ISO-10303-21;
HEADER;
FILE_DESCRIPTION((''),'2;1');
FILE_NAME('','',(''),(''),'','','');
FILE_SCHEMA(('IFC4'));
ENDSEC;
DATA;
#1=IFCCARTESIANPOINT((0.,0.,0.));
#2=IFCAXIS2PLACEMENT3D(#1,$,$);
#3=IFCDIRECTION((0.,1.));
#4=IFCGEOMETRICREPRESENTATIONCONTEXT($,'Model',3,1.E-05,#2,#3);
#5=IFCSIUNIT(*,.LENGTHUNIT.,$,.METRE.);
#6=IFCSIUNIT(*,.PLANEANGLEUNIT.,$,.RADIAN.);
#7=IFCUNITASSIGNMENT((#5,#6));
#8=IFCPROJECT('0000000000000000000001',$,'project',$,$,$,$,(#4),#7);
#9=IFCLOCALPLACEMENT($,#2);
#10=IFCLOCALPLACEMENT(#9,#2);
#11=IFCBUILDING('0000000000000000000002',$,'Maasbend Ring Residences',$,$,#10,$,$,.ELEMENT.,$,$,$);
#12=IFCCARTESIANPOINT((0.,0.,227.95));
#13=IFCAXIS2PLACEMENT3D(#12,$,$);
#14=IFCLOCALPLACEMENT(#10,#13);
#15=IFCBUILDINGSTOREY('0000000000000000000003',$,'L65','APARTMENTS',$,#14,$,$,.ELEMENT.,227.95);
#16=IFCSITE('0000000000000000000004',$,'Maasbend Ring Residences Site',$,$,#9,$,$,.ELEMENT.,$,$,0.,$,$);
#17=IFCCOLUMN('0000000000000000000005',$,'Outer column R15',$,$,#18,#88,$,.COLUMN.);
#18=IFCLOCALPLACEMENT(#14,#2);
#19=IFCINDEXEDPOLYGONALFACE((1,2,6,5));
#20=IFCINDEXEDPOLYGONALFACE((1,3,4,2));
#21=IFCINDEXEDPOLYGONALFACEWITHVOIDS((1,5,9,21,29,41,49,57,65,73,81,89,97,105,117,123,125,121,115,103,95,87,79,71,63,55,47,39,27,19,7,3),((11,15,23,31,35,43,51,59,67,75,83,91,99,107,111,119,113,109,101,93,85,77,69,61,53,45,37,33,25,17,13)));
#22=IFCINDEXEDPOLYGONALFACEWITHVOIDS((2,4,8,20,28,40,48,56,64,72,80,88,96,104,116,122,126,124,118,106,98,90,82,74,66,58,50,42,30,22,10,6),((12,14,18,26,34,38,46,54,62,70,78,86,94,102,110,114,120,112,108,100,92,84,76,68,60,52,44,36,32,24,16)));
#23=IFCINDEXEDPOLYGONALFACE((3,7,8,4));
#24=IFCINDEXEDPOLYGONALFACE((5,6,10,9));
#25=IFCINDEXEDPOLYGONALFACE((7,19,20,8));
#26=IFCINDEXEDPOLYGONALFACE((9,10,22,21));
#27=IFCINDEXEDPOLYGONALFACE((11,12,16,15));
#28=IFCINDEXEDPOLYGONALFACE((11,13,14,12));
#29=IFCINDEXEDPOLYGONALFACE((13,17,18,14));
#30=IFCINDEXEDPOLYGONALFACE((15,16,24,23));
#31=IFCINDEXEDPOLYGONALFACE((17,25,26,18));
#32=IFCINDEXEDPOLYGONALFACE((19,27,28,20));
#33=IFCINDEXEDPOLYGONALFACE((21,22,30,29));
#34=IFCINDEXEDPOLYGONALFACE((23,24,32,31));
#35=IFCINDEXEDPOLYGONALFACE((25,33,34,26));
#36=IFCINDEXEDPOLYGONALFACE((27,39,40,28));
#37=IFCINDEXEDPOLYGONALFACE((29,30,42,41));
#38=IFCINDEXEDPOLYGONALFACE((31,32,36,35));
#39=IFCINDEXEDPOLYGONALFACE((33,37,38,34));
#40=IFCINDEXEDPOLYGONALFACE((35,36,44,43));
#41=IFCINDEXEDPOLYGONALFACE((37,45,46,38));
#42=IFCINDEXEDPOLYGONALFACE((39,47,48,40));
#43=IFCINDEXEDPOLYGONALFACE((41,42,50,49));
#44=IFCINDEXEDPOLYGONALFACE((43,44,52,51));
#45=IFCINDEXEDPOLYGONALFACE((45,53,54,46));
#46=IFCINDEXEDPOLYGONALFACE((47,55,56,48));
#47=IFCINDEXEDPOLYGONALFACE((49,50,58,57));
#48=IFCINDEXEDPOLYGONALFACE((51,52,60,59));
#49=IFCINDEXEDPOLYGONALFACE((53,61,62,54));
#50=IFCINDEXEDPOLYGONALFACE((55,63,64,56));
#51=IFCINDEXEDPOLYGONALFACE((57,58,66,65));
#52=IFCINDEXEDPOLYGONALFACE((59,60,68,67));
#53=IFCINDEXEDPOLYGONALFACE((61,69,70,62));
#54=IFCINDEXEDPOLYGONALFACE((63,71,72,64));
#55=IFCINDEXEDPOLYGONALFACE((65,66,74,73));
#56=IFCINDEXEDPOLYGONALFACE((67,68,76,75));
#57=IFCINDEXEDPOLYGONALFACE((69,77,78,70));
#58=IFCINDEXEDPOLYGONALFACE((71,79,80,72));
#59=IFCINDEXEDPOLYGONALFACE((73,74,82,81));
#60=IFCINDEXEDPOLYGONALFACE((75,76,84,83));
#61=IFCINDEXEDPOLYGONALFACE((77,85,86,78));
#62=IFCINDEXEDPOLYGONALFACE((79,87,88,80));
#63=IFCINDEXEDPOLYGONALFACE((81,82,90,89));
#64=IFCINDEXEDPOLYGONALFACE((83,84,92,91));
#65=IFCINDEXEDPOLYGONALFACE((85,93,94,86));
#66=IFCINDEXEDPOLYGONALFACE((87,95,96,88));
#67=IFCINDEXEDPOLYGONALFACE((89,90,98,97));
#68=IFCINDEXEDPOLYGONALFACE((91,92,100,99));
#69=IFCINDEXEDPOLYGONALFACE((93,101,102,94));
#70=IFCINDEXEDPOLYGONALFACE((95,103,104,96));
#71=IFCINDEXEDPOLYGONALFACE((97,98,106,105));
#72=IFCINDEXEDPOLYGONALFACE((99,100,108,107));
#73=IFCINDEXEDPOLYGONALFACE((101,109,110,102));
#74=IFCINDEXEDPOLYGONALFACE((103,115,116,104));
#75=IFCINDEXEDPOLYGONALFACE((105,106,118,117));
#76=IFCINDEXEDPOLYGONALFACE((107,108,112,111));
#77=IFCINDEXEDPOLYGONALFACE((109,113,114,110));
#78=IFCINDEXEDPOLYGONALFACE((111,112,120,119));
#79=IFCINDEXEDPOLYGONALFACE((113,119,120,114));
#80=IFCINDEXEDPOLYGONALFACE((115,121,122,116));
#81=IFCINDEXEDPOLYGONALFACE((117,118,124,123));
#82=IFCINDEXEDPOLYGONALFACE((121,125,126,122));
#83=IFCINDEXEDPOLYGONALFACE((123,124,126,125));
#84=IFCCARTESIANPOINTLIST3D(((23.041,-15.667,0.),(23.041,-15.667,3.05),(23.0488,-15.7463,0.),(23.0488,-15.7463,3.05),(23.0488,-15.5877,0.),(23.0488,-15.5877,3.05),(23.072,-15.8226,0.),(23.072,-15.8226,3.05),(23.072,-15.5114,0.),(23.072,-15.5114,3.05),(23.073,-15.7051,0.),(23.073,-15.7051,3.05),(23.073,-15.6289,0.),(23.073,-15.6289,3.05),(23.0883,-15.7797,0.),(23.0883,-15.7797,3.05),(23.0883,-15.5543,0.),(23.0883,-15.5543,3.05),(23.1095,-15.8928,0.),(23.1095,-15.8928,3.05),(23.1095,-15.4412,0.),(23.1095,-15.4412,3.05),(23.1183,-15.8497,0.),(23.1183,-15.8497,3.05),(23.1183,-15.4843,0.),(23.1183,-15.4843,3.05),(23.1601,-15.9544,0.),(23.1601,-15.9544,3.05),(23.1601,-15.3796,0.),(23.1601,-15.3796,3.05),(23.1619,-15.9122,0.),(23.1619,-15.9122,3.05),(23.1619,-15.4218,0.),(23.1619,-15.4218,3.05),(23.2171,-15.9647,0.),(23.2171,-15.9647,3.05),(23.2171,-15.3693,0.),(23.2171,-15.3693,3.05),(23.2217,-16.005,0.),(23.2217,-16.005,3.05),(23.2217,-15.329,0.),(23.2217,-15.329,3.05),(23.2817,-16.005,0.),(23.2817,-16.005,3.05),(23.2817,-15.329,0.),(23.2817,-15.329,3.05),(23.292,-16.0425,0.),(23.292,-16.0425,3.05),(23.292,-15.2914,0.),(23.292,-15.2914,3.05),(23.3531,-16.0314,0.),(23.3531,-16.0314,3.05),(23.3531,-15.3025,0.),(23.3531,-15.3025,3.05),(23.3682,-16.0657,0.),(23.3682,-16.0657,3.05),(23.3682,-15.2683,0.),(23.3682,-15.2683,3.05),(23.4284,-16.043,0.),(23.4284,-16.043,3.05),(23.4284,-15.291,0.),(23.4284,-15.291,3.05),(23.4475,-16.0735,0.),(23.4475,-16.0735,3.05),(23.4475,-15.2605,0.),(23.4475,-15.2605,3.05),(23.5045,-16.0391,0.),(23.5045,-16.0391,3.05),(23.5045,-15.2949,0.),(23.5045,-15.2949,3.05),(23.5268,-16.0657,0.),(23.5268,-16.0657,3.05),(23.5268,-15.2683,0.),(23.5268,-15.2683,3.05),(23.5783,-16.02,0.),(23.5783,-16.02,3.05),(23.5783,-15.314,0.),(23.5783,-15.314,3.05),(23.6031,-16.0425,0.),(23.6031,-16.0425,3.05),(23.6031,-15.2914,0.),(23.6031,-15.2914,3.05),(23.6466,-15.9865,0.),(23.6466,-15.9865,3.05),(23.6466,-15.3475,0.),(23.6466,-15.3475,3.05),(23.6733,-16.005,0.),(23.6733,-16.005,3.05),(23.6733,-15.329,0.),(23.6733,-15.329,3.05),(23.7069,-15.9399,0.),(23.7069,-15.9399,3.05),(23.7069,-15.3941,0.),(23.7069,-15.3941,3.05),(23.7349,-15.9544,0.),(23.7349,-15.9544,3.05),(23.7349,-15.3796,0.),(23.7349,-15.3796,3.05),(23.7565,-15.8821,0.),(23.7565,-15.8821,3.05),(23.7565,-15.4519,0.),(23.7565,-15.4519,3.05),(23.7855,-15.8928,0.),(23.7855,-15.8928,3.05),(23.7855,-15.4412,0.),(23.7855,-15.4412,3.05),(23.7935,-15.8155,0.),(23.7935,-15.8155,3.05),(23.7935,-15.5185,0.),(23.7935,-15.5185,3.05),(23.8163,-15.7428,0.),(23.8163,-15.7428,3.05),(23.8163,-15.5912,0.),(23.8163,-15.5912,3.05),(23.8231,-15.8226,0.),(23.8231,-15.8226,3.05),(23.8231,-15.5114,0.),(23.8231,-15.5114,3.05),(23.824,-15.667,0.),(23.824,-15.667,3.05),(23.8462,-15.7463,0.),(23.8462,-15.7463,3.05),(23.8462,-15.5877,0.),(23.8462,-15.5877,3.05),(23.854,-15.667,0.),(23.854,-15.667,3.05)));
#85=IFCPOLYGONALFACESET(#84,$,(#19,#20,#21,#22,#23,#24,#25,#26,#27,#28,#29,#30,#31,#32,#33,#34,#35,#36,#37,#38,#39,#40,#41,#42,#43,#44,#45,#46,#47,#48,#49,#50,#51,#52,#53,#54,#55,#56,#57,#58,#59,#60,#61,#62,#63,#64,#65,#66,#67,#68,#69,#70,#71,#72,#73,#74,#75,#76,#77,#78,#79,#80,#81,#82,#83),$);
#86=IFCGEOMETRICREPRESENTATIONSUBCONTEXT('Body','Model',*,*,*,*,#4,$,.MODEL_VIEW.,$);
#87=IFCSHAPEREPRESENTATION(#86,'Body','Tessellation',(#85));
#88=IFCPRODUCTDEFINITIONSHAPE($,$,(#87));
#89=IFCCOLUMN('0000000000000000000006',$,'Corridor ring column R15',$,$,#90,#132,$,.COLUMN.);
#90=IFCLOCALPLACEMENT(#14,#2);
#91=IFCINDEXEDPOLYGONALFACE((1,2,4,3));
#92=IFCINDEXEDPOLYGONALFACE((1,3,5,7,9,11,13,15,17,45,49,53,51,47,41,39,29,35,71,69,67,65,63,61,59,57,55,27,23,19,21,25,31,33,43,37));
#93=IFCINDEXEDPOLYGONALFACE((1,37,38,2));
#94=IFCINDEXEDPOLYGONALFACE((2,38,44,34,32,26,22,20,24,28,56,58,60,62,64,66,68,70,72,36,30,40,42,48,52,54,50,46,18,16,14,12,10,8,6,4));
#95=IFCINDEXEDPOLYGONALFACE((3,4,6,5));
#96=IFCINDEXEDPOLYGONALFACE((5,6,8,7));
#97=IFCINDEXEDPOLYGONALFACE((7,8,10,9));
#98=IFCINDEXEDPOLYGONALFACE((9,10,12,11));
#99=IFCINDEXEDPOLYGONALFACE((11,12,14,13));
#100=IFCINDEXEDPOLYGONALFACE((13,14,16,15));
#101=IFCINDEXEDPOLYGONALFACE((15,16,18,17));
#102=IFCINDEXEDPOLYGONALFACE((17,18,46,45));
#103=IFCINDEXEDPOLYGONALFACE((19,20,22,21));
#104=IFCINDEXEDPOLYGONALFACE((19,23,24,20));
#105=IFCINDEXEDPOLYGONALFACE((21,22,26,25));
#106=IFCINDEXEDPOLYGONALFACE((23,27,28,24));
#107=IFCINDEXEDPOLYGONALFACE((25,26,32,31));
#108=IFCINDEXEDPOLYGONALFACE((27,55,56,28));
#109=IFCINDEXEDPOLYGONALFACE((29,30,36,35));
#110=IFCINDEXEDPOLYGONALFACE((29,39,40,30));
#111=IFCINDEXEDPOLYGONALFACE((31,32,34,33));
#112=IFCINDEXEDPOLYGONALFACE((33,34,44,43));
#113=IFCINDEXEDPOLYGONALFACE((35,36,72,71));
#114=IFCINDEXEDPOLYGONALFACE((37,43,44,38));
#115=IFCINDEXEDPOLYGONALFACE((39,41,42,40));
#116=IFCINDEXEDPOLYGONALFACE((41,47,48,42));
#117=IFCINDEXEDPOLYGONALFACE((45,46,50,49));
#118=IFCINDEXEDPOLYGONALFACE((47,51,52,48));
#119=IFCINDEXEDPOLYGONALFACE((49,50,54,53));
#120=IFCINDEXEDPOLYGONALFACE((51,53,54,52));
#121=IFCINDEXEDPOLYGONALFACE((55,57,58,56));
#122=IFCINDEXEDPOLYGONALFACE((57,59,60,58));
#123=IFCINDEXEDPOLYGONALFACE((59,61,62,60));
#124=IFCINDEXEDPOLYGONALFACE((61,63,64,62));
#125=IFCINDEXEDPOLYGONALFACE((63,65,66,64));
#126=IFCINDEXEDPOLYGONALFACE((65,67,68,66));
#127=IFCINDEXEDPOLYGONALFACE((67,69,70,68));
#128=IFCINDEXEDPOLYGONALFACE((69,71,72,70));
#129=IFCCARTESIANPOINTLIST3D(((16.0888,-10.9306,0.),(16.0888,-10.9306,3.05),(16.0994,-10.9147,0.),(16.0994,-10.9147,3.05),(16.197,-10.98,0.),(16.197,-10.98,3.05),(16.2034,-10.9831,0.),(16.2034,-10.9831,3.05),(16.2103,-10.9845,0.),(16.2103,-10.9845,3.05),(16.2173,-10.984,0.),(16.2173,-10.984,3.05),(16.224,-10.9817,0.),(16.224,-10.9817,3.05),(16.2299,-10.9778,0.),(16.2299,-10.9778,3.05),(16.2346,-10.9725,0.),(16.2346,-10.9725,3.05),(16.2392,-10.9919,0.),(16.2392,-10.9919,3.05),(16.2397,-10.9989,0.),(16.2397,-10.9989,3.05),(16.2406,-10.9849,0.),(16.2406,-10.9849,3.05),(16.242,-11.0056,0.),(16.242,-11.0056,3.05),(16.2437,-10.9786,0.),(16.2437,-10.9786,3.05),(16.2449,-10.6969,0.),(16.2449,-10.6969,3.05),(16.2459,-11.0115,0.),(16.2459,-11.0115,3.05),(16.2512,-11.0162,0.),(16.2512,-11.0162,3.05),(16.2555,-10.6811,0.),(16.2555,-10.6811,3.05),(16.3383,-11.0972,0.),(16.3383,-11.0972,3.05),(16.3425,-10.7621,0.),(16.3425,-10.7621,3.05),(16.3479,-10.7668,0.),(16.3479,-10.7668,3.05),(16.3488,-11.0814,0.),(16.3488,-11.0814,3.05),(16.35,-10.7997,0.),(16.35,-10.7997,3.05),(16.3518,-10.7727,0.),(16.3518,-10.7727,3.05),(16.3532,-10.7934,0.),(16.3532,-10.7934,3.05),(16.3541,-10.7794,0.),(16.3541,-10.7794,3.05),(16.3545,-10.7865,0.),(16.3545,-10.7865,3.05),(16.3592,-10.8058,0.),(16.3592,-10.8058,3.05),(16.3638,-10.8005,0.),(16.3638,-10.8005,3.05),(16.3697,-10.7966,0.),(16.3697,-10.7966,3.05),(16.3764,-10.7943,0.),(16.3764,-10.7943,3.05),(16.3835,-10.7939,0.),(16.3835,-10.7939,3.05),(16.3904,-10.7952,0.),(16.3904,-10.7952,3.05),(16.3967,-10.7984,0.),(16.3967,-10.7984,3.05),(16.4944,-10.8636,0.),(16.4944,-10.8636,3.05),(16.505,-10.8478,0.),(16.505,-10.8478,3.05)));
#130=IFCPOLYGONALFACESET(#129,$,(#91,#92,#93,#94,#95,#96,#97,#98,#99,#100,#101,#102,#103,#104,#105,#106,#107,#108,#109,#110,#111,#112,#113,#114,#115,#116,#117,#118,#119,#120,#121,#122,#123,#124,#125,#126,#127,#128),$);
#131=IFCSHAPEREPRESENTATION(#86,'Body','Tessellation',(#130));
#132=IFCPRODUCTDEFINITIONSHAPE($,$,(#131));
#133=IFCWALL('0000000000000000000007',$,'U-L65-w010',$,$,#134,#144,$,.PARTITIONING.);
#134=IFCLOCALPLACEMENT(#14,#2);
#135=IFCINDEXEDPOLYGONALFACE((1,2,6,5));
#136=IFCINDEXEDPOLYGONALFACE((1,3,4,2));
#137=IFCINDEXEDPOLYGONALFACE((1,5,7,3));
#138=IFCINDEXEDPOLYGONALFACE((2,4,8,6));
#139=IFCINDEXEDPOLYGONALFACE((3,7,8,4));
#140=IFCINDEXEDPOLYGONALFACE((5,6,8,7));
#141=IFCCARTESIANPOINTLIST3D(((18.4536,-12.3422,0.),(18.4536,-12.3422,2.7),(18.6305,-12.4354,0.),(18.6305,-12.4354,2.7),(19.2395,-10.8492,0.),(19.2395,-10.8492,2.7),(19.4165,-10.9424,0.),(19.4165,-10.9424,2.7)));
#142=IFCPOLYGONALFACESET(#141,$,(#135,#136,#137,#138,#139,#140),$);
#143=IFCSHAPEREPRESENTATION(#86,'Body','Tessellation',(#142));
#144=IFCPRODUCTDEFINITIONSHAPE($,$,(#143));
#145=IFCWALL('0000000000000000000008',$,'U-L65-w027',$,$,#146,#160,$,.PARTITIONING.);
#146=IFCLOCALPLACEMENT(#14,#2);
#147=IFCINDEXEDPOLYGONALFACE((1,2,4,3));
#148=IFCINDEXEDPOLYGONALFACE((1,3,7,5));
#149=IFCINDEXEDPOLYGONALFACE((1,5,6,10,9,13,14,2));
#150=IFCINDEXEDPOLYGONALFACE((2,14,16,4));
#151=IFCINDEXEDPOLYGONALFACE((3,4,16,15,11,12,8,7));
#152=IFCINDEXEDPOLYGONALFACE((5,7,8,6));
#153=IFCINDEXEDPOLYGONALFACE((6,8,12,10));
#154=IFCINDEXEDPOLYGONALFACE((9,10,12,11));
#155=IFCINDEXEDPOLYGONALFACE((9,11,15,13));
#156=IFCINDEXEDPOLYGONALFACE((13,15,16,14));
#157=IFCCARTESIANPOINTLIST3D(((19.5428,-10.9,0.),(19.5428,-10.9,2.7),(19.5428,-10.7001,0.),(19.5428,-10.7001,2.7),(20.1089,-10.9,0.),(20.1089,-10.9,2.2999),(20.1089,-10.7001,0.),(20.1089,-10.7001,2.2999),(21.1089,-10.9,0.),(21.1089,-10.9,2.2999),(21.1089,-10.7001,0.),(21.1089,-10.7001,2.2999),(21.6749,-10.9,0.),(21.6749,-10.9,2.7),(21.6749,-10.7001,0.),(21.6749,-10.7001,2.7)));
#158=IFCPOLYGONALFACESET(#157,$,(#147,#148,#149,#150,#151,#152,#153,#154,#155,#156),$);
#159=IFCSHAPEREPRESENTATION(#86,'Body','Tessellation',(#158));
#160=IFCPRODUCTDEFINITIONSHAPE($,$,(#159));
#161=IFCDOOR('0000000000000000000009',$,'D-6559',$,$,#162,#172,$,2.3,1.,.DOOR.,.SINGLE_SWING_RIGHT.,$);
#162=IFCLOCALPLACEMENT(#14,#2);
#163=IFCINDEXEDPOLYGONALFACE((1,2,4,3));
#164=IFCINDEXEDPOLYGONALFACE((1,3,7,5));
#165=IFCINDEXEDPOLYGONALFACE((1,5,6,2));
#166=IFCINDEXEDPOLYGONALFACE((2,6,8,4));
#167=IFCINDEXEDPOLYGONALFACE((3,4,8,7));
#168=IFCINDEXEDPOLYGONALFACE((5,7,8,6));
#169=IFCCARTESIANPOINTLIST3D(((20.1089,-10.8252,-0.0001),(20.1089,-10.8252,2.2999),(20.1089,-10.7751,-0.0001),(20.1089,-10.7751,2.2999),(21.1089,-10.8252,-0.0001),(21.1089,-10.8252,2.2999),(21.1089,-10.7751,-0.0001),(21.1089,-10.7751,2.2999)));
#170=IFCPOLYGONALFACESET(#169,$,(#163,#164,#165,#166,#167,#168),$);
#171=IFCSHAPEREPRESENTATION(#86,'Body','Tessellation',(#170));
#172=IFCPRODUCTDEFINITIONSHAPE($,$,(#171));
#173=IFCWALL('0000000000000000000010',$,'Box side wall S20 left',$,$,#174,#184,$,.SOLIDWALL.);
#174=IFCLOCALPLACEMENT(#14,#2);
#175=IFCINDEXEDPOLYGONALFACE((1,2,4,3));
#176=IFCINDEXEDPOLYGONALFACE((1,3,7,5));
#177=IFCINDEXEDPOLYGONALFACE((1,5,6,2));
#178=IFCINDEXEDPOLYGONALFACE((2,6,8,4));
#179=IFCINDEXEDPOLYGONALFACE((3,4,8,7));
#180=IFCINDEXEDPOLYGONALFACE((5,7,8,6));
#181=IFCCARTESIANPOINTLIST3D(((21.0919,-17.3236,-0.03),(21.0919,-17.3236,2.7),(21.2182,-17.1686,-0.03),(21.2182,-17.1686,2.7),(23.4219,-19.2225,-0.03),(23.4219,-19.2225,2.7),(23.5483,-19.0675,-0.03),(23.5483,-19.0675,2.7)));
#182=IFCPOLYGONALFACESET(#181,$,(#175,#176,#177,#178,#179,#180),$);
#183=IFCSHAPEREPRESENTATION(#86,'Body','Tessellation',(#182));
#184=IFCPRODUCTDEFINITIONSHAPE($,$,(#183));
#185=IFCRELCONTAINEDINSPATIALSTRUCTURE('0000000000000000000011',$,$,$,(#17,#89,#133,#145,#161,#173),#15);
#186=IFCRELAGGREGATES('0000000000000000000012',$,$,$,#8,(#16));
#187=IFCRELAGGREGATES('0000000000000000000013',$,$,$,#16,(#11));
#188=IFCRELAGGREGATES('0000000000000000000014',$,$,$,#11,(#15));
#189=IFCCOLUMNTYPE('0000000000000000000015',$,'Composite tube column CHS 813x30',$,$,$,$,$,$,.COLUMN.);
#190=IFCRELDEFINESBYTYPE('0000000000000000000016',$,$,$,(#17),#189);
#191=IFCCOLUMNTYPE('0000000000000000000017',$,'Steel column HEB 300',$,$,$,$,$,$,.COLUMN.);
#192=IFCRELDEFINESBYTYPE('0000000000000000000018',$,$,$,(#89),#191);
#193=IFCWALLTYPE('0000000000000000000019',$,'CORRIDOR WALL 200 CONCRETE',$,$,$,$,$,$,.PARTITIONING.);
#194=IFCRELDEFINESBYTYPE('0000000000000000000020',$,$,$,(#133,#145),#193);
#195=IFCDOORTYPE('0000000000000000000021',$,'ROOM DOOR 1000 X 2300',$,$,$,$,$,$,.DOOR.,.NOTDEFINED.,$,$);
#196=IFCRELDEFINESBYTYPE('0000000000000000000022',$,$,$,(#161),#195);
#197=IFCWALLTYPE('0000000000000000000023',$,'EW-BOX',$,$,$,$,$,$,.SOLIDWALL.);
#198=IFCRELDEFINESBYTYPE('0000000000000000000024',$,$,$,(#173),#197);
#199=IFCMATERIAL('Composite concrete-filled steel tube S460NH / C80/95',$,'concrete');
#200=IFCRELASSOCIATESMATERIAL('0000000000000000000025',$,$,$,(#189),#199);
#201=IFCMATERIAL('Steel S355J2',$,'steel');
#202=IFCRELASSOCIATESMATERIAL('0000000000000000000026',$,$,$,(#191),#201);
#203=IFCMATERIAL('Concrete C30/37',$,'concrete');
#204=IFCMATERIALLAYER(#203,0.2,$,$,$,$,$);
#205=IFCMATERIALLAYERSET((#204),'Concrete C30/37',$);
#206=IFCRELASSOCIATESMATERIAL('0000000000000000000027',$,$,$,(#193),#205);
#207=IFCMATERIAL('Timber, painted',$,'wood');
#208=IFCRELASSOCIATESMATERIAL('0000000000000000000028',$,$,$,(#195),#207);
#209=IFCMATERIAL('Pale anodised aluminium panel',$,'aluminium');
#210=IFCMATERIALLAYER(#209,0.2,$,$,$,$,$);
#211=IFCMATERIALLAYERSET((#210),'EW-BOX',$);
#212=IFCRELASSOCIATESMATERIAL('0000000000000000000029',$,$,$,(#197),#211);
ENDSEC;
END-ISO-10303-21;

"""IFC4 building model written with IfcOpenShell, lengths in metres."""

from ifc_helpers import new_model, si_unit, direction, frame, frame_2d, origin, origin_2d, place, context, subcontext, project, spatial, rectangle, hollow_circle, i_section, extrude, material, layer, layer_set, material_profile, profile_set, type_object, element, fill, save


model = new_model("IFC4")

# Units and contexts
model_context = context("Model", 3, precision=1e-05, world=origin(), true_north=direction((0.0, 1.0)))
body_context = subcontext(model_context, "Body", "Model", "MODEL_VIEW")
ifc_project = project(units=[si_unit("LENGTHUNIT", "METRE"), si_unit("PLANEANGLEUNIT", "RADIAN")], contexts=[model_context])

# Site, building, storey
site_placement = place(None, origin())
site = spatial("IfcSite", under=ifc_project, at=site_placement, Name="Maasbend Ring Residences Site", CompositionType="ELEMENT", RefElevation=0.0)
building_placement = place(site_placement, origin())
building = spatial("IfcBuilding", under=site, at=building_placement, Name="Maasbend Ring Residences", CompositionType="ELEMENT")
storey_placement = place(building_placement, frame((0.0, 0.0, 227.95)))
storey = spatial("IfcBuildingStorey", under=building, at=storey_placement, Name="L65", Description="APARTMENTS", CompositionType="ELEMENT", Elevation=227.95)

# Columns
ifc_material_1 = material(Name="Composite concrete-filled steel tube S460NH / C80/95", Category="concrete")
ifc_material_profile_1 = material_profile(ifc_material_1, hollow_circle(Radius=0.4065, WallThickness=0.03, at=origin_2d()), Name="Composite tube column CHS 813x30")
ifc_profile_set_1 = profile_set([ifc_material_profile_1], Name="Composite concrete-filled steel tube S460NH / C80/95")
column_type_1 = type_object("IfcColumnType", Name="Composite tube column CHS 813x30", PredefinedType="COLUMN", material=ifc_profile_set_1)
column_1_placement = place(storey_placement, frame((23.4475, -15.667, 0.0), z_axis=(0.0, 0.0, 1.0), x_axis=(1.0, 0.0, 0.0)))
element("IfcColumn", 1, at=column_1_placement, inside=storey, type_object=column_type_1, Name="Outer column R15", PredefinedType="COLUMN", context=body_context, shape_type="SweptSolid", body=[
    extrude(hollow_circle(Radius=0.4065, WallThickness=0.03, at=origin_2d()), origin(), (0.0, 0.0, 1.0), 3.05),
])
ifc_material_2 = material(Name="Steel S355J2", Category="steel")
ifc_material_profile_2 = material_profile(ifc_material_2, i_section(OverallWidth=0.3, OverallDepth=0.3, WebThickness=0.011, FlangeThickness=0.019, FilletRadius=0.0271, at=origin_2d()), Name="HEB 300")
ifc_profile_set_2 = profile_set([ifc_material_profile_2], Name="Steel S355J2")
column_type_2 = type_object("IfcColumnType", Name="Steel column HEB 300", PredefinedType="COLUMN", material=ifc_profile_set_2)
column_2_placement = place(storey_placement, frame((16.2969, -10.8892, 0.0), z_axis=(0.0, 0.0, 1.0), x_axis=(0.83147, -0.55557, 0.0)))
element("IfcColumn", 2, at=column_2_placement, inside=storey, type_object=column_type_2, Name="Corridor ring column R15", PredefinedType="COLUMN", context=body_context, shape_type="SweptSolid", body=[
    extrude(i_section(OverallWidth=0.3, OverallDepth=0.3, WebThickness=0.011, FlangeThickness=0.019, FilletRadius=0.0271, at=origin_2d()), origin(), (0.0, 0.0, 1.0), 3.05),
])

# Wall
ifc_material_3 = material(Name="Concrete C30/37", Category="concrete")
ifc_layer_1 = layer(ifc_material_3, 0.2)
ifc_layer_set_1 = layer_set([ifc_layer_1], Name="Concrete C30/37")
wall_type_1 = type_object("IfcWallType", Name="CORRIDOR WALL 200 CONCRETE", PredefinedType="PARTITIONING", material=ifc_layer_set_1)
wall_1_placement = place(storey_placement, frame((18.542, -12.3889, 0.0), z_axis=(0.0, 0.0, 1.0), x_axis=(0.465812, 0.884884, 0.0)))
element("IfcWall", 3, at=wall_1_placement, inside=storey, type_object=wall_type_1, Name="U-L65-w010", PredefinedType="PARTITIONING", context=body_context, shape_type="SweptSolid", body=[
    extrude(rectangle(XDim=1.6873, YDim=0.2, at=frame_2d((0.8438, 0.0))), origin(), (0.0, 0.0, 1.0), 2.7),
])

# Wall, opening, door
wall_2_placement = place(storey_placement, frame((19.543, -10.8, 0.0), z_axis=(0.0, 0.0, 1.0), x_axis=(1.0, 0.0, 0.0)))
wall_2 = element("IfcWall", 4, at=wall_2_placement, inside=storey, type_object=wall_type_1, Name="U-L65-w027", PredefinedType="PARTITIONING", context=body_context, shape_type="SweptSolid", body=[
    extrude(rectangle(XDim=2.1321, YDim=0.2, at=frame_2d((1.0659, 0.0))), origin(), (0.0, 0.0, 1.0), 2.7),
])
opening_1_placement = place(wall_2_placement, frame((0.5659, 0.0, 0.0)))
opening_1 = element("IfcOpeningElement", 5, at=opening_1_placement, cuts=wall_2, PredefinedType="OPENING", context=body_context, shape_type="SweptSolid", body=[
    extrude(rectangle(XDim=1.0, YDim=2.3, at=frame_2d((0.5, 1.1499))), frame((0.0, 0.1099, 0.0), z_axis=(0.0, -1.0, 0.0), x_axis=(1.0, 0.0, 0.0)), (0.0, 0.0, 1.0), 0.22),
])
ifc_material_4 = material(Name="Timber, painted", Category="wood")
door_type_1 = type_object("IfcDoorType", Name="ROOM DOOR 1000 X 2300", OperationType="NOTDEFINED", PredefinedType="DOOR", material=ifc_material_4)
door_1_placement = place(opening_1_placement, origin())
door_1 = element("IfcDoor", 6, at=door_1_placement, inside=storey, type_object=door_type_1, Name="D-6559", OperationType="SINGLE_SWING_RIGHT", OverallHeight=2.3, OverallWidth=1.0, PredefinedType="DOOR", context=body_context, shape_type="SweptSolid", body=[
    extrude(rectangle(XDim=1.0, YDim=2.3, at=frame_2d((0.5, 1.1499))), frame((0.0, 0.0249, 0.0), z_axis=(0.0, -1.0, 0.0), x_axis=(1.0, 0.0, 0.0)), (0.0, 0.0, 1.0), 0.05),
])
fill(opening_1, door_1)

# Wall
ifc_material_5 = material(Name="Pale anodised aluminium panel", Category="aluminium")
ifc_layer_2 = layer(ifc_material_5, 0.2)
ifc_layer_set_2 = layer_set([ifc_layer_2], Name="EW-BOX")
wall_type_2 = type_object("IfcWallType", Name="EW-BOX", PredefinedType="SOLIDWALL", material=ifc_layer_set_2)
wall_3_placement = place(storey_placement, frame((21.155, -17.2461, -0.03), z_axis=(0.0, 0.0, 1.0), x_axis=(0.775179, -0.631742, 0.0)))
element("IfcWall", 7, at=wall_3_placement, inside=storey, type_object=wall_type_2, Name="Box side wall S20 left", PredefinedType="SOLIDWALL", context=body_context, shape_type="SweptSolid", body=[
    extrude(rectangle(XDim=3.0059, YDim=0.2, at=frame_2d((1.5029, 0.0))), origin(), (0.0, 0.0, 1.0), 2.73),
])

save(model, "model.ifc")
